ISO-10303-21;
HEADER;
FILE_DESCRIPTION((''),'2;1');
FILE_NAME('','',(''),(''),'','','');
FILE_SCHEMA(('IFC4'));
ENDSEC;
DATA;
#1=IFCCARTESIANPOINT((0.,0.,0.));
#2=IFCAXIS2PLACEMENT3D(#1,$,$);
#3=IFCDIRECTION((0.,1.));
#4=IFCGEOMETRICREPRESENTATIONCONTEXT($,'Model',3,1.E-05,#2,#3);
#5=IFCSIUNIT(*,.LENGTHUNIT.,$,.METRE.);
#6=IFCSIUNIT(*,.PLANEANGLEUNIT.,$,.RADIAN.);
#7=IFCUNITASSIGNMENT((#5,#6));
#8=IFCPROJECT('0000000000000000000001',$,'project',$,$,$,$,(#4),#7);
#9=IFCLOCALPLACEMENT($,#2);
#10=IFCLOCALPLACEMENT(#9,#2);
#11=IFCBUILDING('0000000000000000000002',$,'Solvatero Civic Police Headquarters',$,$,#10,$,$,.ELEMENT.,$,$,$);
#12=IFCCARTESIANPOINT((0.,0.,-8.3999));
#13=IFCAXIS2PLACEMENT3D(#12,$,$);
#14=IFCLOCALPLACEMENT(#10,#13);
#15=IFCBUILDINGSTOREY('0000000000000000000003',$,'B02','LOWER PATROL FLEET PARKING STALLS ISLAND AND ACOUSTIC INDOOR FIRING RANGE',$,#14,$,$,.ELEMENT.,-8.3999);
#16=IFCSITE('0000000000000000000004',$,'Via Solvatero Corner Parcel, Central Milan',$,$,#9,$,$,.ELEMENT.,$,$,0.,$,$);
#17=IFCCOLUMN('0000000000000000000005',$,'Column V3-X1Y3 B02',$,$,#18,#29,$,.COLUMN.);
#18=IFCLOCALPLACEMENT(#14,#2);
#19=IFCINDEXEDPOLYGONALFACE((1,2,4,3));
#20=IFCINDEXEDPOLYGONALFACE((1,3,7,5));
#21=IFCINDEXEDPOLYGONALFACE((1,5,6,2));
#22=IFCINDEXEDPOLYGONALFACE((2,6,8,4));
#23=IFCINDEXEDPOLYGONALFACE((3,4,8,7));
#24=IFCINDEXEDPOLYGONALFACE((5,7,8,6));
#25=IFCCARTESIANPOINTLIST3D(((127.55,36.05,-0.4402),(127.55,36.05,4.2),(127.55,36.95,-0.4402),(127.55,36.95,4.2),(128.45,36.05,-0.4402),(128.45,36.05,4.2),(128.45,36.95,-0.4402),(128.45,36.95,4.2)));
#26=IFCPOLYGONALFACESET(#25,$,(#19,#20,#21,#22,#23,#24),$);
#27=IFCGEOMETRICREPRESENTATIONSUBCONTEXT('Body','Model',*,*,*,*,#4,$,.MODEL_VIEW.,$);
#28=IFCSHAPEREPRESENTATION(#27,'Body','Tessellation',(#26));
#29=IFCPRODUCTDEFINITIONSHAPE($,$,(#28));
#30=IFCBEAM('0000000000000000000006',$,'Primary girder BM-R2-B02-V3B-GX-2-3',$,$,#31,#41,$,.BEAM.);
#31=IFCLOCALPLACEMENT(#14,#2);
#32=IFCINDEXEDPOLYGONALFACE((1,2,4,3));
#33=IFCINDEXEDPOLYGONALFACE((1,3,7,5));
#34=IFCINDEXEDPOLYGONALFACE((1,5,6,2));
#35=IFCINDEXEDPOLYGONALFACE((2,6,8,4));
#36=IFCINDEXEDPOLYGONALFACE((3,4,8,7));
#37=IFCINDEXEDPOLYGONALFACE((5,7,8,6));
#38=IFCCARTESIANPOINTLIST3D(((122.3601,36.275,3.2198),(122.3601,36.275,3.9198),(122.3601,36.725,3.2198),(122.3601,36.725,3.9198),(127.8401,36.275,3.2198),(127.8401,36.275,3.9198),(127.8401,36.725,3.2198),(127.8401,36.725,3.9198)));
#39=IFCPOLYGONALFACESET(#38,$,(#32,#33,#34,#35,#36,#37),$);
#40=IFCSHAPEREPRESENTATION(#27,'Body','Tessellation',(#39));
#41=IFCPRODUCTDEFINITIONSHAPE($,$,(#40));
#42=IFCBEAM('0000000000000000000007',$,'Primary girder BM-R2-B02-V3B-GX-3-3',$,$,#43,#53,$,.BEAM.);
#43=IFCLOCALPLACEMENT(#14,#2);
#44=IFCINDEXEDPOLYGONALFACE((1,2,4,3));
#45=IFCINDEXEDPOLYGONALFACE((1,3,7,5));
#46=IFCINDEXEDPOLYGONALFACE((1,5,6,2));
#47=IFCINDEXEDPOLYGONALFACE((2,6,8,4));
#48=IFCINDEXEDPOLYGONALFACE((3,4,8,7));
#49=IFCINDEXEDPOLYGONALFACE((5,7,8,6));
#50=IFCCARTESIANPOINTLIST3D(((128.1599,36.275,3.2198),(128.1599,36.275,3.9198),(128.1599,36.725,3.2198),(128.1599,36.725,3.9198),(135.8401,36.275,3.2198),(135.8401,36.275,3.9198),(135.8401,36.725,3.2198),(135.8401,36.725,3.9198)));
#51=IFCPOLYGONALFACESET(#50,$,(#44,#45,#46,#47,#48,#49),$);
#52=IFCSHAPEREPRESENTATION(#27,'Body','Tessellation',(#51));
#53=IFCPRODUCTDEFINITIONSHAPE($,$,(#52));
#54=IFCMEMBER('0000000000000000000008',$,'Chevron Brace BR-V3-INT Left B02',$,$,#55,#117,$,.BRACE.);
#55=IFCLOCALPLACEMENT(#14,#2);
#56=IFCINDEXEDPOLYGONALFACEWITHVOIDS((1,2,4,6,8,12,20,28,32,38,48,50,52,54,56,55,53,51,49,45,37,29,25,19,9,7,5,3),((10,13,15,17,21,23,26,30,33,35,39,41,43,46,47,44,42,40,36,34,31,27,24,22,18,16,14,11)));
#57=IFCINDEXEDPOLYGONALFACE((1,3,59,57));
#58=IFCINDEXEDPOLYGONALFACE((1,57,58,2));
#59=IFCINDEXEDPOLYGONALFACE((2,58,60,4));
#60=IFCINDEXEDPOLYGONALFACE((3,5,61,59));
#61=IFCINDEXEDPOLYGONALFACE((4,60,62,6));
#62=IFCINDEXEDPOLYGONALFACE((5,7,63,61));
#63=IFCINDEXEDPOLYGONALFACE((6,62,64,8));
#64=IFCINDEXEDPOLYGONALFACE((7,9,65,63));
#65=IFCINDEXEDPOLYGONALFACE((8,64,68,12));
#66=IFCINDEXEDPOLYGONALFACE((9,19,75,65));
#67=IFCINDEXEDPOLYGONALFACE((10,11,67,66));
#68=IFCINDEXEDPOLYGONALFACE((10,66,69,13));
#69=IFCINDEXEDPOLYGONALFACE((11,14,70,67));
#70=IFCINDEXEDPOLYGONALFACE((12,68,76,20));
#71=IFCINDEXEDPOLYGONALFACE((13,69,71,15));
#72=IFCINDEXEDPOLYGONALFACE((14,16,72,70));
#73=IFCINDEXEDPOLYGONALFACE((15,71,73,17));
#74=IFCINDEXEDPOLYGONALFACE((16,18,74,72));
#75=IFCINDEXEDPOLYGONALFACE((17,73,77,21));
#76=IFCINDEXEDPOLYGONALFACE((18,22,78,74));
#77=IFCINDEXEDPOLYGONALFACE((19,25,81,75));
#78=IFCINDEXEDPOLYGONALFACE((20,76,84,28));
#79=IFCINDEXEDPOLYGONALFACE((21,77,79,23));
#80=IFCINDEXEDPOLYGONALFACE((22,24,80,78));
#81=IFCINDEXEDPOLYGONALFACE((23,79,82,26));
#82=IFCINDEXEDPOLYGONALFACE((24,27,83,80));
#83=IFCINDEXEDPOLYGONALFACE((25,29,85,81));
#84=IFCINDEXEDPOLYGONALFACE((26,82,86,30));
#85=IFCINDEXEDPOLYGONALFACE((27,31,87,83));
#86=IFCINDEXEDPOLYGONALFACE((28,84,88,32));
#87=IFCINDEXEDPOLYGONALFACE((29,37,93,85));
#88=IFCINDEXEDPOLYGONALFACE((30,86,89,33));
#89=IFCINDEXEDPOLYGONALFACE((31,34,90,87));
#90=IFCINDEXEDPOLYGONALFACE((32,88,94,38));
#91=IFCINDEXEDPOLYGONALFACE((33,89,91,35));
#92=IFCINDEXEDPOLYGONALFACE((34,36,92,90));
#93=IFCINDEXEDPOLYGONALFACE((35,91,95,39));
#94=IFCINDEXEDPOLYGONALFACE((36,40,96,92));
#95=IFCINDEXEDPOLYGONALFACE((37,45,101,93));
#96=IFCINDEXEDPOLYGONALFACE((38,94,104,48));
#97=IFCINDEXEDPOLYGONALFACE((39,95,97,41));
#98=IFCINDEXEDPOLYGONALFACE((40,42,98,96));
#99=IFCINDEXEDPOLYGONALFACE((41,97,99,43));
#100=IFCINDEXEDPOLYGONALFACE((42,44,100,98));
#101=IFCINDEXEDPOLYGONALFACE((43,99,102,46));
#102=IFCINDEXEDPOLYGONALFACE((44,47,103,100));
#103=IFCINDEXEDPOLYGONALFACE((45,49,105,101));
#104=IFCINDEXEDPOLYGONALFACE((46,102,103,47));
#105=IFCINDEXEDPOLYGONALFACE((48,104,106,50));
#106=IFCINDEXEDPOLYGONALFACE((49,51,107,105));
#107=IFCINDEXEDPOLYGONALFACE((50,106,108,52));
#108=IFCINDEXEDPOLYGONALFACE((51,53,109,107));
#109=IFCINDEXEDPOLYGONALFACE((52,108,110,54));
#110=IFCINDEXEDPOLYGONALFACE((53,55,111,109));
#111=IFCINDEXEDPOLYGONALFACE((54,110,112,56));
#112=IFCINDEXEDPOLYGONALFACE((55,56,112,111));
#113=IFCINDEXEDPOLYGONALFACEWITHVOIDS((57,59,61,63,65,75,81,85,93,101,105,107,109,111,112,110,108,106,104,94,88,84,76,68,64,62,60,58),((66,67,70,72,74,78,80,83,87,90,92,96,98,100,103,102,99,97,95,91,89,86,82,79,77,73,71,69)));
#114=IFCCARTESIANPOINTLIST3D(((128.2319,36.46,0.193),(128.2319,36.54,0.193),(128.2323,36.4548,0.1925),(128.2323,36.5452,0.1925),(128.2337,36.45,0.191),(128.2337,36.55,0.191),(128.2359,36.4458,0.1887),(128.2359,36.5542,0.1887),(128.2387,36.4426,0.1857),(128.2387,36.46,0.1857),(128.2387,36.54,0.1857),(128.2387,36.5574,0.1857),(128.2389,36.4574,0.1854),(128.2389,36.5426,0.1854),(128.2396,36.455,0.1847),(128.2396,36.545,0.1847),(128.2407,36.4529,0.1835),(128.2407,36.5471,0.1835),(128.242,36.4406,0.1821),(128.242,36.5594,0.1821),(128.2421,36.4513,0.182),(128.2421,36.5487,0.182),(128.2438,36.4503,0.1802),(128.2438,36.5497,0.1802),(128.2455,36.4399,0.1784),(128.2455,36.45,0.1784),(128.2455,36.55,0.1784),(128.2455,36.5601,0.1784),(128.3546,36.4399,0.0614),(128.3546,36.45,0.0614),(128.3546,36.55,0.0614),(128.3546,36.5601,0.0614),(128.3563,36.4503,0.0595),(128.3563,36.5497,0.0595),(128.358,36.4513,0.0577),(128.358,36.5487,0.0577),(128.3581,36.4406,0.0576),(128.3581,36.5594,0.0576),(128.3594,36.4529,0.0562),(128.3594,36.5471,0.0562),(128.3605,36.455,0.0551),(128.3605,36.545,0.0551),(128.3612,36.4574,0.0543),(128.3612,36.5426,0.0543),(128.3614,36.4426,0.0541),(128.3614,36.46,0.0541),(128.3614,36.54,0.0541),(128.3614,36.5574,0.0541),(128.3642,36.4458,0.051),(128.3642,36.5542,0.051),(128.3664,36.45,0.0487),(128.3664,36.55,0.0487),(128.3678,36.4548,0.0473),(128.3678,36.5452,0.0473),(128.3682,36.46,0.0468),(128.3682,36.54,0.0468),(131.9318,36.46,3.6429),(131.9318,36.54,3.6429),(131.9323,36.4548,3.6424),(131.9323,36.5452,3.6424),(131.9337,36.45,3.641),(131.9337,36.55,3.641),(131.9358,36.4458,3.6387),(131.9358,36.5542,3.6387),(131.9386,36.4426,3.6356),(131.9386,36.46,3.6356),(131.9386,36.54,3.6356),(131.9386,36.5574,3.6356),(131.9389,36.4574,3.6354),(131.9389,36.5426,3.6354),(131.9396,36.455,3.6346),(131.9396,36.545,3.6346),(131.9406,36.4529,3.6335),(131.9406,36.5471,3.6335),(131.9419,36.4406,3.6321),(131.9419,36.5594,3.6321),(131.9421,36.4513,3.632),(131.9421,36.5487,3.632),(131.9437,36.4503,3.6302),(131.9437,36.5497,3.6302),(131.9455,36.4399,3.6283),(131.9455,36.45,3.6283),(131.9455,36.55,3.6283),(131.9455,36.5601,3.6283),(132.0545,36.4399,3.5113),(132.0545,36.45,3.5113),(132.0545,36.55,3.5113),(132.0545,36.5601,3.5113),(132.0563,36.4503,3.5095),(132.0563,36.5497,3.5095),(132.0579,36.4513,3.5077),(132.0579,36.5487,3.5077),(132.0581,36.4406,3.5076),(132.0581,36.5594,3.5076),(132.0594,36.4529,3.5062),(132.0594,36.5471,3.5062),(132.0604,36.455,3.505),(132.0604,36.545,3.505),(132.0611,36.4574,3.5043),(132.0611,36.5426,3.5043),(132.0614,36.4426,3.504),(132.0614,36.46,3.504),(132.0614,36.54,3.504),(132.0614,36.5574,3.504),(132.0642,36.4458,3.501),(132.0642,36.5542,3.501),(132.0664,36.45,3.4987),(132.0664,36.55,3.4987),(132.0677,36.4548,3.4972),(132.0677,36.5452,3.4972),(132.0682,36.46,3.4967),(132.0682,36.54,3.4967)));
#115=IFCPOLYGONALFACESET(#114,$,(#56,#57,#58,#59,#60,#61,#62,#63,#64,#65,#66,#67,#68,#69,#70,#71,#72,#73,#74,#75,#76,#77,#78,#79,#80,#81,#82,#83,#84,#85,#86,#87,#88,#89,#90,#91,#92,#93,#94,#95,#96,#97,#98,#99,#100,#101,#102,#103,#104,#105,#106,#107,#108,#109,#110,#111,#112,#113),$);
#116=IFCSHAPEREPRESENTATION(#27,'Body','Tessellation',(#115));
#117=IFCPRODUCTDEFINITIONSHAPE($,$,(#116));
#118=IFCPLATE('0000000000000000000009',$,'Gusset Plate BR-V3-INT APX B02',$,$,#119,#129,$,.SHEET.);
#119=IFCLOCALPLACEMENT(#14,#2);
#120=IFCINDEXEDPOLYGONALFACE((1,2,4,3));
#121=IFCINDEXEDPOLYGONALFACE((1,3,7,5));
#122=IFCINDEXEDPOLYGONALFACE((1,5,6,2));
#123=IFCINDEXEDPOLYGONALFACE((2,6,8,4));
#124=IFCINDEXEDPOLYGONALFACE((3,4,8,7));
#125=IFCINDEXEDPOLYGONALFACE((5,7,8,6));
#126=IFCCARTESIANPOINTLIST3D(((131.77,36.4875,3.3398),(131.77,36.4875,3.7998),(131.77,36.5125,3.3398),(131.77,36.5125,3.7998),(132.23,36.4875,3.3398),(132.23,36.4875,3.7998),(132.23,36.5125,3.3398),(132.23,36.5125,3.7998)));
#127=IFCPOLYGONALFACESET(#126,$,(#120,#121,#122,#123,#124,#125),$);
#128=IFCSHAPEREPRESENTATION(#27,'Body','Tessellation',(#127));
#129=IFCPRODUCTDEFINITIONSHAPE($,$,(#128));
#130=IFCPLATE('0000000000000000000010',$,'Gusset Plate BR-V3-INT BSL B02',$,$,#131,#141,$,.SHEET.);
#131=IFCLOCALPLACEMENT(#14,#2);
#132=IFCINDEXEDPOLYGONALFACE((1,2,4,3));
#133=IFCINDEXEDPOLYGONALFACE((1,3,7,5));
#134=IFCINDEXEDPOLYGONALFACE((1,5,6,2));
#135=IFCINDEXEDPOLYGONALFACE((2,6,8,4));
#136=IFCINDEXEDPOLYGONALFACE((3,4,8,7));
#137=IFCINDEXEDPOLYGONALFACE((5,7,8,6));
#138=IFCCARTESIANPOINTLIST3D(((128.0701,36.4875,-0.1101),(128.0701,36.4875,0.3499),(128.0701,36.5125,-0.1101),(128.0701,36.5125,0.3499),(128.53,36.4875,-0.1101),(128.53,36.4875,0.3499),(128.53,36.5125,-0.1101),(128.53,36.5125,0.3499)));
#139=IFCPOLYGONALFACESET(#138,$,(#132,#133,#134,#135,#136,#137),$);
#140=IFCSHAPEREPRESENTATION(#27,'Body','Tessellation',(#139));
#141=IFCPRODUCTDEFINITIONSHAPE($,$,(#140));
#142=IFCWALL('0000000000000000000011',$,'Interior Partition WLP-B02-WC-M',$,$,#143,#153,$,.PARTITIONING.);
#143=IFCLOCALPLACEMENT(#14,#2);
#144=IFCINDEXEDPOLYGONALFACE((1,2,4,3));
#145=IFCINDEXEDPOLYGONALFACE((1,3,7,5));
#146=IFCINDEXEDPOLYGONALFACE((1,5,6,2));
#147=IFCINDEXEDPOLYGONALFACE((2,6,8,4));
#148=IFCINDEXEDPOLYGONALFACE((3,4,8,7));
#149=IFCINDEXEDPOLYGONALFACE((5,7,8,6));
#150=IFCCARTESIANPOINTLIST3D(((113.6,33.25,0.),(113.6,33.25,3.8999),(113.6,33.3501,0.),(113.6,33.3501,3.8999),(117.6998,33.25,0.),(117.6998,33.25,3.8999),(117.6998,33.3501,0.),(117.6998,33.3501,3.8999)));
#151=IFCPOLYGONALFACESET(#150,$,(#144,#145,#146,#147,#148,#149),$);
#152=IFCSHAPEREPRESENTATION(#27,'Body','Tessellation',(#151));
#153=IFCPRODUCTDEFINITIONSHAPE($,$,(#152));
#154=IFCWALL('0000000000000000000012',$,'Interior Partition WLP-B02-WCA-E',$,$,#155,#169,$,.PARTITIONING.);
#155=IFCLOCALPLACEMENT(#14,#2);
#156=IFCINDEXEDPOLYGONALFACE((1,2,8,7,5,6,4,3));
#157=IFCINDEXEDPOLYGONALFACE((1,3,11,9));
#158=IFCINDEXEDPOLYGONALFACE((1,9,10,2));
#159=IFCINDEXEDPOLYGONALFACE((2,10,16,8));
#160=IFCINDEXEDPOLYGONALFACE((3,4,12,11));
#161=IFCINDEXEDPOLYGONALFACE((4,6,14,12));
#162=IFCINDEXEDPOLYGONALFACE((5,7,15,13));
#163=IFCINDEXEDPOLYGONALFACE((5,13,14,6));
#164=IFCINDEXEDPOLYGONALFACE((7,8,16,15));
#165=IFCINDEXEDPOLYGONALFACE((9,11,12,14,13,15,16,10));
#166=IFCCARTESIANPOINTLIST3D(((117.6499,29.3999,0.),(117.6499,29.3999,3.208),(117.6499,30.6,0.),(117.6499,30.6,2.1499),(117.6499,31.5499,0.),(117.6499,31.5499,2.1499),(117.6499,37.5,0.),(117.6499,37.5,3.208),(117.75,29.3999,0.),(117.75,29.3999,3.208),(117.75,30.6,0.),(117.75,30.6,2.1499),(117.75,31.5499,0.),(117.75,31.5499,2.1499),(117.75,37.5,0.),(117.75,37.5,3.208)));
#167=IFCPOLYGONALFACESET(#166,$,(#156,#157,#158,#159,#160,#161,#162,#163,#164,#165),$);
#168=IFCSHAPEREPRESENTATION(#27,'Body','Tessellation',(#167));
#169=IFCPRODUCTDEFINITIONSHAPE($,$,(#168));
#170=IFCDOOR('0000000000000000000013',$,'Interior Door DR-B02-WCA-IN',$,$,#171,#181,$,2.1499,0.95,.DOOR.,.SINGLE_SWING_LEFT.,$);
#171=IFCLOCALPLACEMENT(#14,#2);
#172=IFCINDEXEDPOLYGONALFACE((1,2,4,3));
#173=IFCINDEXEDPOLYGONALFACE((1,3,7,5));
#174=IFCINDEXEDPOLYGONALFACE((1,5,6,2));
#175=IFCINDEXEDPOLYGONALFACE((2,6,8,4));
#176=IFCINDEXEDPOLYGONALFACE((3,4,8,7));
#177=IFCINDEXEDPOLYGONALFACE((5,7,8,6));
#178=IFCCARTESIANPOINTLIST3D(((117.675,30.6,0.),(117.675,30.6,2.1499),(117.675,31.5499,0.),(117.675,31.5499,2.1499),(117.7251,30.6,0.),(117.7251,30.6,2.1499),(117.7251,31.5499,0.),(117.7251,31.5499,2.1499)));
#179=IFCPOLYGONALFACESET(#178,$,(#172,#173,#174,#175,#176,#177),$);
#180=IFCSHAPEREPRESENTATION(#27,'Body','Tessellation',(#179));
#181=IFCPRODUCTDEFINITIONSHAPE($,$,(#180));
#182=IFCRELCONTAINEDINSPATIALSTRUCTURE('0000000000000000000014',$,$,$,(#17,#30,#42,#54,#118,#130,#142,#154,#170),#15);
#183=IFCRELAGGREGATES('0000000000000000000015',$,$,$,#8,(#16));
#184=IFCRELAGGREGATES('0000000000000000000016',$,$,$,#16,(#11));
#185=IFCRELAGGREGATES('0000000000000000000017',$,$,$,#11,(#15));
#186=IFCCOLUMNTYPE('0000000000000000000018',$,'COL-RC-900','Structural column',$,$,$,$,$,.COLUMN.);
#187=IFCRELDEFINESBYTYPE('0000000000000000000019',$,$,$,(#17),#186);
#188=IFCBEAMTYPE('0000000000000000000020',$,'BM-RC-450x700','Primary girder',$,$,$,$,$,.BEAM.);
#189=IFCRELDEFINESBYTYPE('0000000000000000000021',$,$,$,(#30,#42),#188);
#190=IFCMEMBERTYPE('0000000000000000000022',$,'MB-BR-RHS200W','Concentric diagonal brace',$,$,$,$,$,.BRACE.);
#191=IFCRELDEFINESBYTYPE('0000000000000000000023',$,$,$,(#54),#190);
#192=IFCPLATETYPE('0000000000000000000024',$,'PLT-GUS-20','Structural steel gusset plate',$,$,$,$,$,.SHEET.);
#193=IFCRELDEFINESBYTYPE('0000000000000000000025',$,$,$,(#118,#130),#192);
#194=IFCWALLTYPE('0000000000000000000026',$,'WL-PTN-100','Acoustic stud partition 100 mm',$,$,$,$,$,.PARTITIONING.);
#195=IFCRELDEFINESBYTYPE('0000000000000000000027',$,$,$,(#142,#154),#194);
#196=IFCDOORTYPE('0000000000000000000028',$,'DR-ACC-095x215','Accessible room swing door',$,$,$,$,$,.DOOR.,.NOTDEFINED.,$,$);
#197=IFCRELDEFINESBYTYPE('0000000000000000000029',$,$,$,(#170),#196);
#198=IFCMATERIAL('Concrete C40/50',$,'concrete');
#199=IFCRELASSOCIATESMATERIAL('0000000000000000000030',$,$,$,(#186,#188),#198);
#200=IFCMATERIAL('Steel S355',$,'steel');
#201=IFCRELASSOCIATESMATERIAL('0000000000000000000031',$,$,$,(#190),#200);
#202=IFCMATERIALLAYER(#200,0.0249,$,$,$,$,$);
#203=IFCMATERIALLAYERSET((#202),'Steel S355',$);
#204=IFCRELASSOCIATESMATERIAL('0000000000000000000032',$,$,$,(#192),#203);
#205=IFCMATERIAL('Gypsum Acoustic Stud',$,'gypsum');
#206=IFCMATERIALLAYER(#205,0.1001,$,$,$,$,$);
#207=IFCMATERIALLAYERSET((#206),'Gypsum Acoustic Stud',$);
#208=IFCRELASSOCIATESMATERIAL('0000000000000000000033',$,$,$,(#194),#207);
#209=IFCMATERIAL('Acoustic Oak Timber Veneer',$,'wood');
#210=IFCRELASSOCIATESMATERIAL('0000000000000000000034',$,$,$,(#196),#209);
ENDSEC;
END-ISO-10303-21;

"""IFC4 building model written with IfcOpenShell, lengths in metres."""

from ifc_helpers import new_model, si_unit, direction, frame, frame_2d, origin, origin_2d, place, context, subcontext, project, spatial, rectangle, hollow_rectangle, extrude, material, layer, layer_set, material_profile, profile_set, type_object, element, fill, save


model = new_model("IFC4")

# Units and contexts
model_context = context("Model", 3, precision=1e-05, world=origin(), true_north=direction((0.0, 1.0)))
body_context = subcontext(model_context, "Body", "Model", "MODEL_VIEW")
ifc_project = project(units=[si_unit("LENGTHUNIT", "METRE"), si_unit("PLANEANGLEUNIT", "RADIAN")], contexts=[model_context])

# Site, building, storey
site_placement = place(None, origin())
site = spatial("IfcSite", under=ifc_project, at=site_placement, Name="Via Solvatero Corner Parcel, Central Milan", CompositionType="ELEMENT", RefElevation=0.0)
building_placement = place(site_placement, origin())
building = spatial("IfcBuilding", under=site, at=building_placement, Name="Solvatero Civic Police Headquarters", CompositionType="ELEMENT")
storey_placement = place(building_placement, frame((0.0, 0.0, -8.3999)))
storey = spatial("IfcBuildingStorey", under=building, at=storey_placement, Name="B02", Description="LOWER PATROL FLEET PARKING STALLS ISLAND AND ACOUSTIC INDOOR FIRING RANGE", CompositionType="ELEMENT", Elevation=-8.3999)

# Column
ifc_material_1 = material(Name="Concrete C40/50", Category="concrete")
ifc_material_profile_1 = material_profile(ifc_material_1, rectangle(XDim=0.8999, YDim=0.8999, at=origin_2d()), Name="RC 900x900")
ifc_profile_set_1 = profile_set([ifc_material_profile_1], Name="Concrete C40/50")
column_type_1 = type_object("IfcColumnType", Name="COL-RC-900", Description="Structural column", PredefinedType="COLUMN", material=ifc_profile_set_1)
column_1_placement = place(storey_placement, frame((128.0, 36.5, -0.4402), z_axis=(0.0, 0.0, 1.0), x_axis=(1.0, 0.0, 0.0)))
element("IfcColumn", 1, at=column_1_placement, inside=storey, type_object=column_type_1, Name="Column V3-X1Y3 B02", PredefinedType="COLUMN", context=body_context, shape_type="SweptSolid", body=[
    extrude(rectangle(XDim=0.8999, YDim=0.8999, at=origin_2d()), origin(), (0.0, 0.0, 1.0), 4.6401),
])

# Beams
ifc_material_profile_2 = material_profile(ifc_material_1, rectangle(XDim=0.45, YDim=0.7, at=origin_2d()), Name="RC 450x700")
ifc_profile_set_2 = profile_set([ifc_material_profile_2], Name="Concrete C40/50")
beam_type = type_object("IfcBeamType", Name="BM-RC-450x700", Description="Primary girder", PredefinedType="BEAM", material=ifc_profile_set_2)
beam_1_placement = place(storey_placement, frame((122.3601, 36.5, 3.5698), z_axis=(1.0, 0.0, 0.0), x_axis=(0.0, 1.0, 0.0)))
element("IfcBeam", 2, at=beam_1_placement, inside=storey, type_object=beam_type, Name="Primary girder BM-R2-B02-V3B-GX-2-3", PredefinedType="BEAM", context=body_context, shape_type="SweptSolid", body=[
    extrude(rectangle(XDim=0.45, YDim=0.7, at=origin_2d()), origin(), (0.0, 0.0, 1.0), 5.48),
])
beam_2_placement = place(storey_placement, frame((128.1599, 36.5, 3.5698), z_axis=(1.0, 0.0, 0.0), x_axis=(0.0, 1.0, 0.0)))
element("IfcBeam", 3, at=beam_2_placement, inside=storey, type_object=beam_type, Name="Primary girder BM-R2-B02-V3B-GX-3-3", PredefinedType="BEAM", context=body_context, shape_type="SweptSolid", body=[
    extrude(rectangle(XDim=0.45, YDim=0.7, at=origin_2d()), origin(), (0.0, 0.0, 1.0), 7.6802),
])

# Member
ifc_material_2 = material(Name="Steel S355", Category="steel")
ifc_material_profile_3 = material_profile(ifc_material_2, hollow_rectangle(XDim=0.1201, YDim=0.2, WallThickness=0.01, InnerFilletRadius=0.01, OuterFilletRadius=0.02, at=origin_2d()), Name="RHS 200x120x10.0")
ifc_profile_set_3 = profile_set([ifc_material_profile_3], Name="Steel S355")
member_type = type_object("IfcMemberType", Name="MB-BR-RHS200W", Description="Concentric diagonal brace", PredefinedType="BRACE", material=ifc_profile_set_3)
member_placement = place(storey_placement, frame((128.3, 36.5, 0.1199), z_axis=(0.731384, 0.0, 0.681966), x_axis=(0.0, 1.0, 0.0)))
element("IfcMember", 4, at=member_placement, inside=storey, type_object=member_type, Name="Chevron Brace BR-V3-INT Left B02", PredefinedType="BRACE", context=body_context, shape_type="SweptSolid", body=[
    extrude(hollow_rectangle(XDim=0.1201, YDim=0.2, WallThickness=0.01, InnerFilletRadius=0.01, OuterFilletRadius=0.02, at=origin_2d()), origin(), (0.0, 0.0, 1.0), 5.0588),
])

# Plates
ifc_layer_1 = layer(ifc_material_2, 0.0249)
ifc_layer_set_1 = layer_set([ifc_layer_1], Name="Steel S355")
plate_type = type_object("IfcPlateType", Name="PLT-GUS-20", Description="Structural steel gusset plate", PredefinedType="SHEET", material=ifc_layer_set_1)
for number, where, z_axis, x_axis, name in (
    (5, (132.0, 36.5, 3.3398), (0.0, 0.0, 1.0), (1.0, 0.0, 0.0), "Gusset Plate BR-V3-INT APX B02"),
    (6, (128.3, 36.5, -0.1101), (0.0, 0.0, 1.0), (1.0, 0.0, 0.0), "Gusset Plate BR-V3-INT BSL B02"),
):
    element("IfcPlate", number, at=place(storey_placement, frame(where, z_axis=z_axis, x_axis=x_axis)), inside=storey, type_object=plate_type, Name=name, PredefinedType="SHEET", context=body_context, shape_type="SweptSolid", body=[
        extrude(rectangle(XDim=0.46, YDim=0.0249, at=origin_2d()), origin(), (0.0, 0.0, 1.0), 0.46),
    ])

# Wall
ifc_material_3 = material(Name="Gypsum Acoustic Stud", Category="gypsum")
ifc_layer_2 = layer(ifc_material_3, 0.1001)
ifc_layer_set_2 = layer_set([ifc_layer_2], Name="Gypsum Acoustic Stud")
wall_type_1 = type_object("IfcWallType", Name="WL-PTN-100", Description="Acoustic stud partition 100 mm", PredefinedType="PARTITIONING", material=ifc_layer_set_2)
wall_1_placement = place(storey_placement, frame((113.6001, 33.3, 0.0), z_axis=(0.0, 0.0, 1.0), x_axis=(1.0, 0.0, 0.0)))
element("IfcWall", 7, at=wall_1_placement, inside=storey, type_object=wall_type_1, Name="Interior Partition WLP-B02-WC-M", PredefinedType="PARTITIONING", context=body_context, shape_type="SweptSolid", body=[
    extrude(rectangle(XDim=4.0999, YDim=0.1001, at=frame_2d((2.0498, 0.0))), origin(), (0.0, 0.0, 1.0), 3.8999),
])

# Wall, opening, door
wall_2_placement = place(storey_placement, frame((117.7, 29.3999, 0.0), z_axis=(0.0, 0.0, 1.0), x_axis=(0.0, 1.0, 0.0)))
wall_2 = element("IfcWall", 8, at=wall_2_placement, inside=storey, type_object=wall_type_1, Name="Interior Partition WLP-B02-WCA-E", PredefinedType="PARTITIONING", context=body_context, shape_type="SweptSolid", body=[
    extrude(rectangle(XDim=8.1001, YDim=0.1001, at=frame_2d((4.05, 0.0))), origin(), (0.0, 0.0, 1.0), 3.208),
])
opening_1_placement = place(wall_2_placement, frame((1.2, 0.0, 0.0)))
opening_1 = element("IfcOpeningElement", 9, at=opening_1_placement, cuts=wall_2, PredefinedType="OPENING", context=body_context, shape_type="SweptSolid", body=[
    extrude(rectangle(XDim=0.95, YDim=2.1499, at=frame_2d((0.4751, 1.075))), frame((0.0, 0.0601, 0.0), z_axis=(0.0, -1.0, 0.0), x_axis=(1.0, 0.0, 0.0)), (0.0, 0.0, 1.0), 0.1201),
])
ifc_material_4 = material(Name="Acoustic Oak Timber Veneer", Category="wood")
door_type = type_object("IfcDoorType", Name="DR-ACC-095x215", Description="Accessible room swing door", OperationType="NOTDEFINED", PredefinedType="DOOR", material=ifc_material_4)
door_1_placement = place(opening_1_placement, origin())
door_1 = element("IfcDoor", 10, at=door_1_placement, inside=storey, type_object=door_type, Name="Interior Door DR-B02-WCA-IN", OperationType="SINGLE_SWING_LEFT", OverallHeight=2.1499, OverallWidth=0.95, PredefinedType="DOOR", context=body_context, shape_type="SweptSolid", body=[
    extrude(rectangle(XDim=0.95, YDim=2.1499, at=frame_2d((0.4751, 1.075))), frame((0.0, 0.0249, 0.0), z_axis=(0.0, -1.0, 0.0), x_axis=(1.0, 0.0, 0.0)), (0.0, 0.0, 1.0), 0.05),
])
fill(opening_1, door_1)

save(model, "model.ifc")
